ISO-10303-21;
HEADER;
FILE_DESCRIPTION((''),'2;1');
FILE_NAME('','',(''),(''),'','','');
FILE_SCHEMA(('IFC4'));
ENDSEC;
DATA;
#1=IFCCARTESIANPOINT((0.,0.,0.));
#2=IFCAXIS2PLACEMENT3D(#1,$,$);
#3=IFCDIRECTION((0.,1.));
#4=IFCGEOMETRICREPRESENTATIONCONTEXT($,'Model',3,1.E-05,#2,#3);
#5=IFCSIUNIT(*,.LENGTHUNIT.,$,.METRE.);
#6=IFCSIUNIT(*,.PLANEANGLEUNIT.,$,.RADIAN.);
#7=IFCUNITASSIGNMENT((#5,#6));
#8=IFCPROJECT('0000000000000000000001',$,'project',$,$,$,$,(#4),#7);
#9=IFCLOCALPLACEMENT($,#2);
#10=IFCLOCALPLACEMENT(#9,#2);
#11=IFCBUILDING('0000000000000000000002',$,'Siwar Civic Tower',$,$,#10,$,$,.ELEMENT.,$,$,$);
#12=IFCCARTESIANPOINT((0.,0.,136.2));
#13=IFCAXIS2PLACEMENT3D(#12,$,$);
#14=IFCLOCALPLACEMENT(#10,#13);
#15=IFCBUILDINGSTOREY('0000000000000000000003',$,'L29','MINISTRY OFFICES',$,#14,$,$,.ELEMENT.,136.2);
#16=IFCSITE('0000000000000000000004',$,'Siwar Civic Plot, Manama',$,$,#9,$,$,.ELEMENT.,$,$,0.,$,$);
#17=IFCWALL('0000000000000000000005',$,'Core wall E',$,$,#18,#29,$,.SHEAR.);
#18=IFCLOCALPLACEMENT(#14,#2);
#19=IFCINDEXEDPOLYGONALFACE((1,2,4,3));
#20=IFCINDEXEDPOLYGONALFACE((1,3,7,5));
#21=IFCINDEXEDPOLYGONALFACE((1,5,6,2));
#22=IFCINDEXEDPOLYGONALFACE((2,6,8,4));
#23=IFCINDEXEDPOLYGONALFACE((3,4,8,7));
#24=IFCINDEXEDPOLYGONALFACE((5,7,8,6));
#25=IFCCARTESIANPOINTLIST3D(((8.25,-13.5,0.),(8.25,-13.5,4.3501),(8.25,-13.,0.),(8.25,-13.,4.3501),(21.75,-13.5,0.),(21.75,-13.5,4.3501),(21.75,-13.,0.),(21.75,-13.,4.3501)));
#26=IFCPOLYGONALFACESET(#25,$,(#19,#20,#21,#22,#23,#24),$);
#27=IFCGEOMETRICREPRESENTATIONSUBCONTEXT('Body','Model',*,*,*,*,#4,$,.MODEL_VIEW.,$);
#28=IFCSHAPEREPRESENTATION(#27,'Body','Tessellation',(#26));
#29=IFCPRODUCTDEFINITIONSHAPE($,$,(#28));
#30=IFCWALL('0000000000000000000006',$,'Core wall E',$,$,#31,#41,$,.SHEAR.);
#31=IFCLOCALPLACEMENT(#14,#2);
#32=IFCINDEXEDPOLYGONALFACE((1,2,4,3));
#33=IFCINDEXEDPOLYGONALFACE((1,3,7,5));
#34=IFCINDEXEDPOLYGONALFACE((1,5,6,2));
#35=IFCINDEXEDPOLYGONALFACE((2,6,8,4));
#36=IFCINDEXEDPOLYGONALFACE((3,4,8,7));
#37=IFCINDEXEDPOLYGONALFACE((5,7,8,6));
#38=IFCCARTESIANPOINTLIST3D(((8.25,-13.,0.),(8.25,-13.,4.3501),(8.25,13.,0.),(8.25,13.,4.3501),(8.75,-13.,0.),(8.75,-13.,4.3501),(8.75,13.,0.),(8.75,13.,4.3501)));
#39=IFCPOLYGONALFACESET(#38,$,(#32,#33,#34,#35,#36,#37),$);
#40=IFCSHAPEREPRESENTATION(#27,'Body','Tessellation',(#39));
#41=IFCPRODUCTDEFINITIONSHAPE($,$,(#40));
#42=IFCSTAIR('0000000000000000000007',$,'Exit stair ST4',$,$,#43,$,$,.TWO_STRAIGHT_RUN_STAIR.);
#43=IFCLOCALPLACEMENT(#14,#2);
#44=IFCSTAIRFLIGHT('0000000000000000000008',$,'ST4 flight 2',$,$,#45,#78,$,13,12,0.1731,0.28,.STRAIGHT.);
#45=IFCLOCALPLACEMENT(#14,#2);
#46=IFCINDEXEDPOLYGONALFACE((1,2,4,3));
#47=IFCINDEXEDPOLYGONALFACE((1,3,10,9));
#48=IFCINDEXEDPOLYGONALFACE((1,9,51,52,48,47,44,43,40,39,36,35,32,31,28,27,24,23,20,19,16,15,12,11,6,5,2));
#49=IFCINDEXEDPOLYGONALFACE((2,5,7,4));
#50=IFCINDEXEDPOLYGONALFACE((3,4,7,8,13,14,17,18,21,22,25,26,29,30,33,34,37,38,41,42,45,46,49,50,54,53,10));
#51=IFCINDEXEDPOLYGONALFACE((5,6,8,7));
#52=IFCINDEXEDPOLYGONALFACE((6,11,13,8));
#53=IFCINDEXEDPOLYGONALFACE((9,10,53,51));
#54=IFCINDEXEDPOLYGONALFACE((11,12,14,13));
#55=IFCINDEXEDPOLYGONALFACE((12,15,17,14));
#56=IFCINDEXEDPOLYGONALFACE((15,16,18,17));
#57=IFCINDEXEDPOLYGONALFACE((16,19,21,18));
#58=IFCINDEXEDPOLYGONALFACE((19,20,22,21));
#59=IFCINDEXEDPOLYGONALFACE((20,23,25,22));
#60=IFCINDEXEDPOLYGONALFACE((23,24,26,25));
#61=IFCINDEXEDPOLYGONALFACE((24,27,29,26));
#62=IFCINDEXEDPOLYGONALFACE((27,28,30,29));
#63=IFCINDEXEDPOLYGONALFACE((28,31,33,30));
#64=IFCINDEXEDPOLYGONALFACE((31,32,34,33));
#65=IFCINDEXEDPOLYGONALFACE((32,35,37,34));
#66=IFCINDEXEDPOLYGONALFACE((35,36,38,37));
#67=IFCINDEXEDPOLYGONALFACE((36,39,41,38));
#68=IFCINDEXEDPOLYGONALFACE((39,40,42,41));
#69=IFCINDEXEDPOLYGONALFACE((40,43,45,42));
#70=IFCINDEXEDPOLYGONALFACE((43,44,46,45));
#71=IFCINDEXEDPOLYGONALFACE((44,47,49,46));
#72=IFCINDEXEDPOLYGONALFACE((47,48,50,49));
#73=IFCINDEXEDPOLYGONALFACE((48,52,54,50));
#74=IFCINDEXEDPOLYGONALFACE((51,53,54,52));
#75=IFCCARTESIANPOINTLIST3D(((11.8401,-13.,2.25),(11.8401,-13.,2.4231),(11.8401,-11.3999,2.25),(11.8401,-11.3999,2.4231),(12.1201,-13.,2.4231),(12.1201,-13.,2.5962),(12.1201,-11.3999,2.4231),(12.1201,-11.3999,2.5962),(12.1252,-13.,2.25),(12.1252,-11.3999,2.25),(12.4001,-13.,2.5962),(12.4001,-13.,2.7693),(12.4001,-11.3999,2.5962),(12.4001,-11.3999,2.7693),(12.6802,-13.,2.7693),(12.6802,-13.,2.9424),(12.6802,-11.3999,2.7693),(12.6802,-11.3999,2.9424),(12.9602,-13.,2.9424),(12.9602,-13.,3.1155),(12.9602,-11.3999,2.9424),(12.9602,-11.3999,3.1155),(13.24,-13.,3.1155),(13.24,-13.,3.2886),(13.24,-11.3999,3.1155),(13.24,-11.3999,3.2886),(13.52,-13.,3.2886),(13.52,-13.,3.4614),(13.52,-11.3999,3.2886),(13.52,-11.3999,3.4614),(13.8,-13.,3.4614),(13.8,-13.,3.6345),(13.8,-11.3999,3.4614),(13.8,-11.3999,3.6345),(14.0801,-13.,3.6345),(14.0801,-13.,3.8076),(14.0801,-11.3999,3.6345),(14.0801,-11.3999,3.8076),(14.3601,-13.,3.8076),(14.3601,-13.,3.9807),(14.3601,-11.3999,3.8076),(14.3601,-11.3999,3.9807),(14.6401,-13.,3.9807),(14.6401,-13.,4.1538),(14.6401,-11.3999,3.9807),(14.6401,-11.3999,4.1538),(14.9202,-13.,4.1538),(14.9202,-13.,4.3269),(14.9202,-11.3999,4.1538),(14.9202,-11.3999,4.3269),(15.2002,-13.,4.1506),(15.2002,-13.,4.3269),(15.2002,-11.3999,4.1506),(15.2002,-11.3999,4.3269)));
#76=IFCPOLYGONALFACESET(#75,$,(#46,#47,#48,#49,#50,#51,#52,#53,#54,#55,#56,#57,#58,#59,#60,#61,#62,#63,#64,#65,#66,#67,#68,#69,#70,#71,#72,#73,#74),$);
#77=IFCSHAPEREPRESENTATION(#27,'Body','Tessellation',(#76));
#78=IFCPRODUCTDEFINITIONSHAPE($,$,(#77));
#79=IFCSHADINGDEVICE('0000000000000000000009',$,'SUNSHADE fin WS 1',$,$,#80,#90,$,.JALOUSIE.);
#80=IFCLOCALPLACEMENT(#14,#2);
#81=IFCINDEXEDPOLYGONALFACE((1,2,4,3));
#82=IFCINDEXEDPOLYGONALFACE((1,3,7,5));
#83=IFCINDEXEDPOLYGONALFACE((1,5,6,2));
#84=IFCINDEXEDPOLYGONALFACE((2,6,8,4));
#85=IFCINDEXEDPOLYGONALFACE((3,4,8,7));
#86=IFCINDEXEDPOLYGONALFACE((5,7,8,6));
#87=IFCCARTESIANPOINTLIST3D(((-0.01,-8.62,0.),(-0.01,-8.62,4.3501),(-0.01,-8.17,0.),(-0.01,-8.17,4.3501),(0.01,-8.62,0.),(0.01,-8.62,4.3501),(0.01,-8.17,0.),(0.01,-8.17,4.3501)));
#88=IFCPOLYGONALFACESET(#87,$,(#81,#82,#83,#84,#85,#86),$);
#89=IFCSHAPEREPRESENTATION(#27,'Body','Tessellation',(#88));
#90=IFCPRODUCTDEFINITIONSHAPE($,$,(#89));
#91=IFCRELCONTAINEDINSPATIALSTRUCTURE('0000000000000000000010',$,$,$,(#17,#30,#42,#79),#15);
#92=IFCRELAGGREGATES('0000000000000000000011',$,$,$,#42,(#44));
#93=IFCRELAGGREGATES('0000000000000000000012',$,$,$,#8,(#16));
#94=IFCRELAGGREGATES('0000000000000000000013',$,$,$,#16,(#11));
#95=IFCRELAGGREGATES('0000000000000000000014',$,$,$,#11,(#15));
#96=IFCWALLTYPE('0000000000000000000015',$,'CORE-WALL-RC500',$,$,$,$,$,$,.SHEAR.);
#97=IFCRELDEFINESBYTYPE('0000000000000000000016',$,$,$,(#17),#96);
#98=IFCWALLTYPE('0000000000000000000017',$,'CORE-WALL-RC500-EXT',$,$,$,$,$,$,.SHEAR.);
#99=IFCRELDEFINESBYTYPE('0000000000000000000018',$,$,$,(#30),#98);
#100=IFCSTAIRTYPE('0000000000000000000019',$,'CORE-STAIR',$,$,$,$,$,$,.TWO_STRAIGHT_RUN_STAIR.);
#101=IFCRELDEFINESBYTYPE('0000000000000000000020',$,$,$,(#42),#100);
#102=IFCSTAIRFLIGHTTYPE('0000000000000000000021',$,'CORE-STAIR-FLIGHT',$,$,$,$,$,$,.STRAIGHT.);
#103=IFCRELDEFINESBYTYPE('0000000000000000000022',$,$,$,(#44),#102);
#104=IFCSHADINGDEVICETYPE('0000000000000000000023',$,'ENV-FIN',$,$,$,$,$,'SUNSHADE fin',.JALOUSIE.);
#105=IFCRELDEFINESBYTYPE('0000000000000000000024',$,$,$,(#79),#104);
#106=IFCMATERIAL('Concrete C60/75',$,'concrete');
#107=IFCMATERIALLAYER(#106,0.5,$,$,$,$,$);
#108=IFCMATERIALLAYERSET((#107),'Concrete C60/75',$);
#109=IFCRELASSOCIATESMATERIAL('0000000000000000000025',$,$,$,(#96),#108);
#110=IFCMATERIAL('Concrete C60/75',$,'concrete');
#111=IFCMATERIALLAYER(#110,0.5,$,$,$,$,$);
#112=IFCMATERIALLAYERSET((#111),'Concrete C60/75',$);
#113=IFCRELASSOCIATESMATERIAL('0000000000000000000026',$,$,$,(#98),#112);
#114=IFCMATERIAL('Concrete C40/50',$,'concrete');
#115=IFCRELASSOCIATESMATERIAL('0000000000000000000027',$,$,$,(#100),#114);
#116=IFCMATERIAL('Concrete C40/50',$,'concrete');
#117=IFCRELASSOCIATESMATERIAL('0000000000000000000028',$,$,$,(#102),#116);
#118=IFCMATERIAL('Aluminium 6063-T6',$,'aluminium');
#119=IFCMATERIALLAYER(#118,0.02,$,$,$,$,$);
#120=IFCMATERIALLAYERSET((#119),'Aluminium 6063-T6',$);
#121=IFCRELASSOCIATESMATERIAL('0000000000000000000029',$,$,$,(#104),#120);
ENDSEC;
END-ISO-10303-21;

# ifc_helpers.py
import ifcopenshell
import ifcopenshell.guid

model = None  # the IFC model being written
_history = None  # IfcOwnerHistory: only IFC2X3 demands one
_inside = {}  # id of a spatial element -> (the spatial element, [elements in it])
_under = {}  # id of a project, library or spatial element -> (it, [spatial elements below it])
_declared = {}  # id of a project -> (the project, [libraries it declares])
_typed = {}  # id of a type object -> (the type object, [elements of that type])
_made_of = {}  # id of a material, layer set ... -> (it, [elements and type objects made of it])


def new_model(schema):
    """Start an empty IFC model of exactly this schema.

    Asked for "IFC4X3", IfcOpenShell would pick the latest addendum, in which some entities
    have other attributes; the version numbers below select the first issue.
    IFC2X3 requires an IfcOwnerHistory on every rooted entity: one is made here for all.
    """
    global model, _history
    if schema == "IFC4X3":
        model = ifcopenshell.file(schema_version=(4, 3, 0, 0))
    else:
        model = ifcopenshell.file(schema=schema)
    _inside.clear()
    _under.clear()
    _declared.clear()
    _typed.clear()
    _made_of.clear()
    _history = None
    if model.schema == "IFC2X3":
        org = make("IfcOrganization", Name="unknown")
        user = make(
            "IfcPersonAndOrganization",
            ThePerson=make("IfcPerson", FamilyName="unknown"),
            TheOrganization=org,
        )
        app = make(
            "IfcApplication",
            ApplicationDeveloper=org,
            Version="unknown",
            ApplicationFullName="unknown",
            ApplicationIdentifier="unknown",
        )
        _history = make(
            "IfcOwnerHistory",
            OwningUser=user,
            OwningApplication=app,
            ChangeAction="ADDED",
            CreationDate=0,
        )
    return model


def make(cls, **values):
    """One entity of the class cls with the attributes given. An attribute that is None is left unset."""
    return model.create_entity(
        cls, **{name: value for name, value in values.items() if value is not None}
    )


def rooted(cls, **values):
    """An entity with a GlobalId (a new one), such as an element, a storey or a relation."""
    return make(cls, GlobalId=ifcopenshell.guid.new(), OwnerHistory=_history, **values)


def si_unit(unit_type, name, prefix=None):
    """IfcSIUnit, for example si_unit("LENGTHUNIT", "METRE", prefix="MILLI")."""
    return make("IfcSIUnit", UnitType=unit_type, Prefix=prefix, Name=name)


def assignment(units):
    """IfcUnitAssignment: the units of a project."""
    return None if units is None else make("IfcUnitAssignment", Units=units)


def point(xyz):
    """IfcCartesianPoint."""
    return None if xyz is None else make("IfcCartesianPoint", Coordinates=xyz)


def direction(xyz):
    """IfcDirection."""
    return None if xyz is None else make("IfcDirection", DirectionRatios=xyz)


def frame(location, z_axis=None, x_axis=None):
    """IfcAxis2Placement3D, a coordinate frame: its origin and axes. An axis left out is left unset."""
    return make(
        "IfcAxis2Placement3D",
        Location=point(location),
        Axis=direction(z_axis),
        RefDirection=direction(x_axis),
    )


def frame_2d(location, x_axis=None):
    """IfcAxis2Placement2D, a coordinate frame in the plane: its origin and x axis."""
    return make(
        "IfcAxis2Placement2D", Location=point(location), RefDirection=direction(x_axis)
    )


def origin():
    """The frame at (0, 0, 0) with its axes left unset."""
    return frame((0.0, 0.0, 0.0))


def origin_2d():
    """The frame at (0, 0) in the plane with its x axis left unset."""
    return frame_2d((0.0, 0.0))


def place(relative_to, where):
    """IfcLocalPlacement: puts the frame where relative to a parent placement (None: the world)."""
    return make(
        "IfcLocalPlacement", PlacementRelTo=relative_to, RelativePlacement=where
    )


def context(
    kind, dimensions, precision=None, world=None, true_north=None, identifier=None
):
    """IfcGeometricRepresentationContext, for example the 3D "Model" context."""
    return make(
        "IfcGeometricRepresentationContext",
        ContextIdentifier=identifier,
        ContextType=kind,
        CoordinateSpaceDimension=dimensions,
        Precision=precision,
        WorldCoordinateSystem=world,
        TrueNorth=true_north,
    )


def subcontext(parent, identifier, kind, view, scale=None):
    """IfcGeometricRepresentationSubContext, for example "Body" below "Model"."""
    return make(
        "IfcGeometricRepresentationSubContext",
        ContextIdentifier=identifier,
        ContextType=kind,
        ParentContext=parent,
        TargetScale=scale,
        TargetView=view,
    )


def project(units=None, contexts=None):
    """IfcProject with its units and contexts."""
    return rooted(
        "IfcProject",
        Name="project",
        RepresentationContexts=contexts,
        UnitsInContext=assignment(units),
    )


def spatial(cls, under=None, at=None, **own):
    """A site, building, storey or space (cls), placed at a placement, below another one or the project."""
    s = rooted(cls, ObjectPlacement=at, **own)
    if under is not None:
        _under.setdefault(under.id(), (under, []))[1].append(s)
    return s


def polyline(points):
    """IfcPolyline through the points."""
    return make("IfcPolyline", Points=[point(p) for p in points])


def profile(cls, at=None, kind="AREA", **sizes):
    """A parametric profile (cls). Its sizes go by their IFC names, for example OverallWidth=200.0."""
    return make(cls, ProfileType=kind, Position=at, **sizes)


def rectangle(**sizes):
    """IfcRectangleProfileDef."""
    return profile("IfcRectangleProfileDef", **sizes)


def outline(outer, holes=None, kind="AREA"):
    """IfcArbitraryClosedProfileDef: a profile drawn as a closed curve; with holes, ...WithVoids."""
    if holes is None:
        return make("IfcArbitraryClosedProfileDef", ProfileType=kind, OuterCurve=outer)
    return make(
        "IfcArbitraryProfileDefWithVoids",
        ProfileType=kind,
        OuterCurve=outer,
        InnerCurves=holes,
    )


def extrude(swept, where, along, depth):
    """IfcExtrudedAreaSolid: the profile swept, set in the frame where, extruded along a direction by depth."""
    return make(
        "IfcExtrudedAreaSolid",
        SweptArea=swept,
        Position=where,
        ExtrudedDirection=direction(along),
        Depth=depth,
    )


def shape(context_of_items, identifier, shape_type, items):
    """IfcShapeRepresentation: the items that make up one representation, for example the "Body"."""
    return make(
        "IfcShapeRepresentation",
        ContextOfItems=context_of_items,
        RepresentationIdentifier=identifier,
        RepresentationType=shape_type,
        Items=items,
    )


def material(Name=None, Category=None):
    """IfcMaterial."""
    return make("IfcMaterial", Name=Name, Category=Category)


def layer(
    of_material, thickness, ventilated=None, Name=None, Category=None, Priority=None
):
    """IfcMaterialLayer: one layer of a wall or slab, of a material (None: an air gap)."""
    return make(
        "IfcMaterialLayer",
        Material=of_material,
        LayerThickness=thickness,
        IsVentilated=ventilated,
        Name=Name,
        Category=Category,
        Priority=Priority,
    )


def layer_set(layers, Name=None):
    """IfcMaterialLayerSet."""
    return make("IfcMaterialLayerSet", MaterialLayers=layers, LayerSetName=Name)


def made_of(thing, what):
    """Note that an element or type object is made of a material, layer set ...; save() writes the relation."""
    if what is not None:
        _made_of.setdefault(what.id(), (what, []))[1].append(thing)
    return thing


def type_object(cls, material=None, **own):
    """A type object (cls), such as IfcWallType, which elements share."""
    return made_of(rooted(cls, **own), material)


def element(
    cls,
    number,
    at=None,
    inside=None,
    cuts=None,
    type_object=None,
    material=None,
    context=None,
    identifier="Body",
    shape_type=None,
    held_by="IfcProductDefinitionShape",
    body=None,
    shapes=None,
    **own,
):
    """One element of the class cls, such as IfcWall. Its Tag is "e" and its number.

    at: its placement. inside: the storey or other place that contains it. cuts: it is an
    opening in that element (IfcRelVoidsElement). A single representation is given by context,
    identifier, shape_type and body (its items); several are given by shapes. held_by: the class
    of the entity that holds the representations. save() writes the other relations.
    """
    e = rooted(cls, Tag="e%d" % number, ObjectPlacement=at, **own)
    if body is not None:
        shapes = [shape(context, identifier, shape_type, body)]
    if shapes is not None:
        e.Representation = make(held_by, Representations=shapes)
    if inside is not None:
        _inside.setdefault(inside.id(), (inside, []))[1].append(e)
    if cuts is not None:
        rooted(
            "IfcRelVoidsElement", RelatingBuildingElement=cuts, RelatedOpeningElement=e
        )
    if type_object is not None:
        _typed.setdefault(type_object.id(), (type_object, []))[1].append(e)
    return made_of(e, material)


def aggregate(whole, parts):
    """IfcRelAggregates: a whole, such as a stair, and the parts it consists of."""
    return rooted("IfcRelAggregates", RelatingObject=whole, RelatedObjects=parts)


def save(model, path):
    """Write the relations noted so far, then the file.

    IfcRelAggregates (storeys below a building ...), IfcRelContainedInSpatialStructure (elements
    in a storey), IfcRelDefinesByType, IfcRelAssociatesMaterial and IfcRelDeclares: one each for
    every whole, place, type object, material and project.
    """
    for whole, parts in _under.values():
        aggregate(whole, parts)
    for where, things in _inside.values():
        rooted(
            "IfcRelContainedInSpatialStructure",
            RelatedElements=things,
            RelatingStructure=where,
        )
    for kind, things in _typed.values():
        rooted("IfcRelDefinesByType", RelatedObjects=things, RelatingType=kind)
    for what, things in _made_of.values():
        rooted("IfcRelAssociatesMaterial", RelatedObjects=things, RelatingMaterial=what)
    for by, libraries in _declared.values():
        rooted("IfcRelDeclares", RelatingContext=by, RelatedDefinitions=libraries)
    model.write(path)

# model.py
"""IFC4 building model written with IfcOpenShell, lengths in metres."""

from ifc_helpers import new_model, si_unit, direction, frame, frame_2d, origin, origin_2d, place, context, subcontext, project, spatial, polyline, rectangle, outline, extrude, material, layer, layer_set, type_object, element, aggregate, save


model = new_model("IFC4")

# Units and contexts
model_context = context("Model", 3, precision=1e-05, world=origin(), true_north=direction((0.0, 1.0)))
body_context = subcontext(model_context, "Body", "Model", "MODEL_VIEW")
ifc_project = project(units=[si_unit("LENGTHUNIT", "METRE"), si_unit("PLANEANGLEUNIT", "RADIAN")], contexts=[model_context])

# Site, building, storey
site_placement = place(None, origin())
site = spatial("IfcSite", under=ifc_project, at=site_placement, Name="Siwar Civic Plot, Manama", CompositionType="ELEMENT", RefElevation=0.0)
building_placement = place(site_placement, origin())
building = spatial("IfcBuilding", under=site, at=building_placement, Name="Siwar Civic Tower", CompositionType="ELEMENT")
storey_placement = place(building_placement, frame((0.0, 0.0, 136.2)))
storey = spatial("IfcBuildingStorey", under=building, at=storey_placement, Name="L29", Description="MINISTRY OFFICES", CompositionType="ELEMENT", Elevation=136.2)

# Walls
ifc_material_1 = material(Name="Concrete C60/75", Category="concrete")
ifc_layer_1 = layer(ifc_material_1, 0.5)
ifc_layer_set_1 = layer_set([ifc_layer_1], Name="Concrete C60/75")
wall_type_1 = type_object("IfcWallType", Name="CORE-WALL-RC500", PredefinedType="SHEAR", material=ifc_layer_set_1)
wall_1_placement = place(storey_placement, frame((8.25, -13.25, 0.0), z_axis=(0.0, 0.0, 1.0), x_axis=(1.0, 0.0, 0.0)))
element("IfcWall", 1, at=wall_1_placement, inside=storey, type_object=wall_type_1, Name="Core wall E", PredefinedType="SHEAR", context=body_context, shape_type="SweptSolid", body=[
    extrude(rectangle(XDim=13.5, YDim=0.5, at=frame_2d((6.75, 0.0))), origin(), (0.0, 0.0, 1.0), 4.3501),
])
ifc_material_2 = material(Name="Concrete C60/75", Category="concrete")
ifc_layer_2 = layer(ifc_material_2, 0.5)
ifc_layer_set_2 = layer_set([ifc_layer_2], Name="Concrete C60/75")
wall_type_2 = type_object("IfcWallType", Name="CORE-WALL-RC500-EXT", PredefinedType="SHEAR", material=ifc_layer_set_2)
wall_2_placement = place(storey_placement, frame((8.5, -13.0, 0.0), z_axis=(0.0, 0.0, 1.0), x_axis=(0.0, 1.0, 0.0)))
element("IfcWall", 2, at=wall_2_placement, inside=storey, type_object=wall_type_2, Name="Core wall E", PredefinedType="SHEAR", context=body_context, shape_type="SweptSolid", body=[
    extrude(rectangle(XDim=26.0, YDim=0.5, at=frame_2d((13.0, 0.0))), origin(), (0.0, 0.0, 1.0), 4.3501),
])

# Stair, stair flight
ifc_material_3 = material(Name="Concrete C40/50", Category="concrete")
stair_type = type_object("IfcStairType", Name="CORE-STAIR", PredefinedType="TWO_STRAIGHT_RUN_STAIR", material=ifc_material_3)
stair_placement = place(storey_placement, origin())
stair = element("IfcStair", 3, at=stair_placement, inside=storey, type_object=stair_type, Name="Exit stair ST4", PredefinedType="TWO_STRAIGHT_RUN_STAIR")
ifc_material_4 = material(Name="Concrete C40/50", Category="concrete")
stair_flight_type = type_object("IfcStairFlightType", Name="CORE-STAIR-FLIGHT", PredefinedType="STRAIGHT", material=ifc_material_4)
stair_flight_placement = place(storey_placement, frame((11.8401, -12.2, 2.25), z_axis=(0.0, 0.0, 1.0), x_axis=(1.0, 0.0, 0.0)))
stair_flight = element("IfcStairFlight", 4, at=stair_flight_placement, type_object=stair_flight_type, Name="ST4 flight 2", NumberOfRisers=13, NumberOfTreads=12, PredefinedType="STRAIGHT", RiserHeight=0.1731, TreadLength=0.28, context=body_context, shape_type="SweptSolid", body=[
    extrude(outline(polyline([(0.0, 0.0), (0.0, 0.1731), (0.28, 0.1731), (0.28, 0.3462), (0.5601, 0.3462), (0.5601, 0.5193), (0.8401, 0.5193), (0.8401, 0.6924), (1.1201, 0.6924), (1.1201, 0.8655), (1.3999, 0.8655), (1.3999, 1.0386), (1.6799, 1.0386), (1.6799, 1.2114), (1.96, 1.2114), (1.96, 1.3845), (2.24, 1.3845), (2.24, 1.5576), (2.52, 1.5576), (2.52, 1.7307), (2.8, 1.7307), (2.8, 1.9038), (3.0801, 1.9038), (3.0801, 2.0769), (3.3601, 2.0769), (3.3601, 2.25), (3.3601, 1.9006), (0.2852, 0.0), (0.0, 0.0)])), frame((0.0, 0.8, 0.0), z_axis=(0.0, -1.0, 0.0), x_axis=(1.0, 0.0, 0.0)), (0.0, 0.0, 1.0), 1.6001),
])
aggregate(stair, [stair_flight])

# Shading device
ifc_material_5 = material(Name="Aluminium 6063-T6", Category="aluminium")
ifc_layer_3 = layer(ifc_material_5, 0.02)
ifc_layer_set_3 = layer_set([ifc_layer_3], Name="Aluminium 6063-T6")
shading_device_type = type_object("IfcShadingDeviceType", Name="ENV-FIN", ElementType="SUNSHADE fin", PredefinedType="JALOUSIE", material=ifc_layer_set_3)
shading_device_placement = place(storey_placement, frame((0.0, -8.395, 0.0), z_axis=(0.0, 0.0, 1.0), x_axis=(1.0, 0.0, 0.0)))
element("IfcShadingDevice", 5, at=shading_device_placement, inside=storey, type_object=shading_device_type, Name="SUNSHADE fin WS 1", PredefinedType="JALOUSIE", context=body_context, shape_type="SweptSolid", body=[
    extrude(rectangle(XDim=0.02, YDim=0.45, at=origin_2d()), origin(), (0.0, 0.0, 1.0), 4.3501),
])

save(model, "model.ifc")
